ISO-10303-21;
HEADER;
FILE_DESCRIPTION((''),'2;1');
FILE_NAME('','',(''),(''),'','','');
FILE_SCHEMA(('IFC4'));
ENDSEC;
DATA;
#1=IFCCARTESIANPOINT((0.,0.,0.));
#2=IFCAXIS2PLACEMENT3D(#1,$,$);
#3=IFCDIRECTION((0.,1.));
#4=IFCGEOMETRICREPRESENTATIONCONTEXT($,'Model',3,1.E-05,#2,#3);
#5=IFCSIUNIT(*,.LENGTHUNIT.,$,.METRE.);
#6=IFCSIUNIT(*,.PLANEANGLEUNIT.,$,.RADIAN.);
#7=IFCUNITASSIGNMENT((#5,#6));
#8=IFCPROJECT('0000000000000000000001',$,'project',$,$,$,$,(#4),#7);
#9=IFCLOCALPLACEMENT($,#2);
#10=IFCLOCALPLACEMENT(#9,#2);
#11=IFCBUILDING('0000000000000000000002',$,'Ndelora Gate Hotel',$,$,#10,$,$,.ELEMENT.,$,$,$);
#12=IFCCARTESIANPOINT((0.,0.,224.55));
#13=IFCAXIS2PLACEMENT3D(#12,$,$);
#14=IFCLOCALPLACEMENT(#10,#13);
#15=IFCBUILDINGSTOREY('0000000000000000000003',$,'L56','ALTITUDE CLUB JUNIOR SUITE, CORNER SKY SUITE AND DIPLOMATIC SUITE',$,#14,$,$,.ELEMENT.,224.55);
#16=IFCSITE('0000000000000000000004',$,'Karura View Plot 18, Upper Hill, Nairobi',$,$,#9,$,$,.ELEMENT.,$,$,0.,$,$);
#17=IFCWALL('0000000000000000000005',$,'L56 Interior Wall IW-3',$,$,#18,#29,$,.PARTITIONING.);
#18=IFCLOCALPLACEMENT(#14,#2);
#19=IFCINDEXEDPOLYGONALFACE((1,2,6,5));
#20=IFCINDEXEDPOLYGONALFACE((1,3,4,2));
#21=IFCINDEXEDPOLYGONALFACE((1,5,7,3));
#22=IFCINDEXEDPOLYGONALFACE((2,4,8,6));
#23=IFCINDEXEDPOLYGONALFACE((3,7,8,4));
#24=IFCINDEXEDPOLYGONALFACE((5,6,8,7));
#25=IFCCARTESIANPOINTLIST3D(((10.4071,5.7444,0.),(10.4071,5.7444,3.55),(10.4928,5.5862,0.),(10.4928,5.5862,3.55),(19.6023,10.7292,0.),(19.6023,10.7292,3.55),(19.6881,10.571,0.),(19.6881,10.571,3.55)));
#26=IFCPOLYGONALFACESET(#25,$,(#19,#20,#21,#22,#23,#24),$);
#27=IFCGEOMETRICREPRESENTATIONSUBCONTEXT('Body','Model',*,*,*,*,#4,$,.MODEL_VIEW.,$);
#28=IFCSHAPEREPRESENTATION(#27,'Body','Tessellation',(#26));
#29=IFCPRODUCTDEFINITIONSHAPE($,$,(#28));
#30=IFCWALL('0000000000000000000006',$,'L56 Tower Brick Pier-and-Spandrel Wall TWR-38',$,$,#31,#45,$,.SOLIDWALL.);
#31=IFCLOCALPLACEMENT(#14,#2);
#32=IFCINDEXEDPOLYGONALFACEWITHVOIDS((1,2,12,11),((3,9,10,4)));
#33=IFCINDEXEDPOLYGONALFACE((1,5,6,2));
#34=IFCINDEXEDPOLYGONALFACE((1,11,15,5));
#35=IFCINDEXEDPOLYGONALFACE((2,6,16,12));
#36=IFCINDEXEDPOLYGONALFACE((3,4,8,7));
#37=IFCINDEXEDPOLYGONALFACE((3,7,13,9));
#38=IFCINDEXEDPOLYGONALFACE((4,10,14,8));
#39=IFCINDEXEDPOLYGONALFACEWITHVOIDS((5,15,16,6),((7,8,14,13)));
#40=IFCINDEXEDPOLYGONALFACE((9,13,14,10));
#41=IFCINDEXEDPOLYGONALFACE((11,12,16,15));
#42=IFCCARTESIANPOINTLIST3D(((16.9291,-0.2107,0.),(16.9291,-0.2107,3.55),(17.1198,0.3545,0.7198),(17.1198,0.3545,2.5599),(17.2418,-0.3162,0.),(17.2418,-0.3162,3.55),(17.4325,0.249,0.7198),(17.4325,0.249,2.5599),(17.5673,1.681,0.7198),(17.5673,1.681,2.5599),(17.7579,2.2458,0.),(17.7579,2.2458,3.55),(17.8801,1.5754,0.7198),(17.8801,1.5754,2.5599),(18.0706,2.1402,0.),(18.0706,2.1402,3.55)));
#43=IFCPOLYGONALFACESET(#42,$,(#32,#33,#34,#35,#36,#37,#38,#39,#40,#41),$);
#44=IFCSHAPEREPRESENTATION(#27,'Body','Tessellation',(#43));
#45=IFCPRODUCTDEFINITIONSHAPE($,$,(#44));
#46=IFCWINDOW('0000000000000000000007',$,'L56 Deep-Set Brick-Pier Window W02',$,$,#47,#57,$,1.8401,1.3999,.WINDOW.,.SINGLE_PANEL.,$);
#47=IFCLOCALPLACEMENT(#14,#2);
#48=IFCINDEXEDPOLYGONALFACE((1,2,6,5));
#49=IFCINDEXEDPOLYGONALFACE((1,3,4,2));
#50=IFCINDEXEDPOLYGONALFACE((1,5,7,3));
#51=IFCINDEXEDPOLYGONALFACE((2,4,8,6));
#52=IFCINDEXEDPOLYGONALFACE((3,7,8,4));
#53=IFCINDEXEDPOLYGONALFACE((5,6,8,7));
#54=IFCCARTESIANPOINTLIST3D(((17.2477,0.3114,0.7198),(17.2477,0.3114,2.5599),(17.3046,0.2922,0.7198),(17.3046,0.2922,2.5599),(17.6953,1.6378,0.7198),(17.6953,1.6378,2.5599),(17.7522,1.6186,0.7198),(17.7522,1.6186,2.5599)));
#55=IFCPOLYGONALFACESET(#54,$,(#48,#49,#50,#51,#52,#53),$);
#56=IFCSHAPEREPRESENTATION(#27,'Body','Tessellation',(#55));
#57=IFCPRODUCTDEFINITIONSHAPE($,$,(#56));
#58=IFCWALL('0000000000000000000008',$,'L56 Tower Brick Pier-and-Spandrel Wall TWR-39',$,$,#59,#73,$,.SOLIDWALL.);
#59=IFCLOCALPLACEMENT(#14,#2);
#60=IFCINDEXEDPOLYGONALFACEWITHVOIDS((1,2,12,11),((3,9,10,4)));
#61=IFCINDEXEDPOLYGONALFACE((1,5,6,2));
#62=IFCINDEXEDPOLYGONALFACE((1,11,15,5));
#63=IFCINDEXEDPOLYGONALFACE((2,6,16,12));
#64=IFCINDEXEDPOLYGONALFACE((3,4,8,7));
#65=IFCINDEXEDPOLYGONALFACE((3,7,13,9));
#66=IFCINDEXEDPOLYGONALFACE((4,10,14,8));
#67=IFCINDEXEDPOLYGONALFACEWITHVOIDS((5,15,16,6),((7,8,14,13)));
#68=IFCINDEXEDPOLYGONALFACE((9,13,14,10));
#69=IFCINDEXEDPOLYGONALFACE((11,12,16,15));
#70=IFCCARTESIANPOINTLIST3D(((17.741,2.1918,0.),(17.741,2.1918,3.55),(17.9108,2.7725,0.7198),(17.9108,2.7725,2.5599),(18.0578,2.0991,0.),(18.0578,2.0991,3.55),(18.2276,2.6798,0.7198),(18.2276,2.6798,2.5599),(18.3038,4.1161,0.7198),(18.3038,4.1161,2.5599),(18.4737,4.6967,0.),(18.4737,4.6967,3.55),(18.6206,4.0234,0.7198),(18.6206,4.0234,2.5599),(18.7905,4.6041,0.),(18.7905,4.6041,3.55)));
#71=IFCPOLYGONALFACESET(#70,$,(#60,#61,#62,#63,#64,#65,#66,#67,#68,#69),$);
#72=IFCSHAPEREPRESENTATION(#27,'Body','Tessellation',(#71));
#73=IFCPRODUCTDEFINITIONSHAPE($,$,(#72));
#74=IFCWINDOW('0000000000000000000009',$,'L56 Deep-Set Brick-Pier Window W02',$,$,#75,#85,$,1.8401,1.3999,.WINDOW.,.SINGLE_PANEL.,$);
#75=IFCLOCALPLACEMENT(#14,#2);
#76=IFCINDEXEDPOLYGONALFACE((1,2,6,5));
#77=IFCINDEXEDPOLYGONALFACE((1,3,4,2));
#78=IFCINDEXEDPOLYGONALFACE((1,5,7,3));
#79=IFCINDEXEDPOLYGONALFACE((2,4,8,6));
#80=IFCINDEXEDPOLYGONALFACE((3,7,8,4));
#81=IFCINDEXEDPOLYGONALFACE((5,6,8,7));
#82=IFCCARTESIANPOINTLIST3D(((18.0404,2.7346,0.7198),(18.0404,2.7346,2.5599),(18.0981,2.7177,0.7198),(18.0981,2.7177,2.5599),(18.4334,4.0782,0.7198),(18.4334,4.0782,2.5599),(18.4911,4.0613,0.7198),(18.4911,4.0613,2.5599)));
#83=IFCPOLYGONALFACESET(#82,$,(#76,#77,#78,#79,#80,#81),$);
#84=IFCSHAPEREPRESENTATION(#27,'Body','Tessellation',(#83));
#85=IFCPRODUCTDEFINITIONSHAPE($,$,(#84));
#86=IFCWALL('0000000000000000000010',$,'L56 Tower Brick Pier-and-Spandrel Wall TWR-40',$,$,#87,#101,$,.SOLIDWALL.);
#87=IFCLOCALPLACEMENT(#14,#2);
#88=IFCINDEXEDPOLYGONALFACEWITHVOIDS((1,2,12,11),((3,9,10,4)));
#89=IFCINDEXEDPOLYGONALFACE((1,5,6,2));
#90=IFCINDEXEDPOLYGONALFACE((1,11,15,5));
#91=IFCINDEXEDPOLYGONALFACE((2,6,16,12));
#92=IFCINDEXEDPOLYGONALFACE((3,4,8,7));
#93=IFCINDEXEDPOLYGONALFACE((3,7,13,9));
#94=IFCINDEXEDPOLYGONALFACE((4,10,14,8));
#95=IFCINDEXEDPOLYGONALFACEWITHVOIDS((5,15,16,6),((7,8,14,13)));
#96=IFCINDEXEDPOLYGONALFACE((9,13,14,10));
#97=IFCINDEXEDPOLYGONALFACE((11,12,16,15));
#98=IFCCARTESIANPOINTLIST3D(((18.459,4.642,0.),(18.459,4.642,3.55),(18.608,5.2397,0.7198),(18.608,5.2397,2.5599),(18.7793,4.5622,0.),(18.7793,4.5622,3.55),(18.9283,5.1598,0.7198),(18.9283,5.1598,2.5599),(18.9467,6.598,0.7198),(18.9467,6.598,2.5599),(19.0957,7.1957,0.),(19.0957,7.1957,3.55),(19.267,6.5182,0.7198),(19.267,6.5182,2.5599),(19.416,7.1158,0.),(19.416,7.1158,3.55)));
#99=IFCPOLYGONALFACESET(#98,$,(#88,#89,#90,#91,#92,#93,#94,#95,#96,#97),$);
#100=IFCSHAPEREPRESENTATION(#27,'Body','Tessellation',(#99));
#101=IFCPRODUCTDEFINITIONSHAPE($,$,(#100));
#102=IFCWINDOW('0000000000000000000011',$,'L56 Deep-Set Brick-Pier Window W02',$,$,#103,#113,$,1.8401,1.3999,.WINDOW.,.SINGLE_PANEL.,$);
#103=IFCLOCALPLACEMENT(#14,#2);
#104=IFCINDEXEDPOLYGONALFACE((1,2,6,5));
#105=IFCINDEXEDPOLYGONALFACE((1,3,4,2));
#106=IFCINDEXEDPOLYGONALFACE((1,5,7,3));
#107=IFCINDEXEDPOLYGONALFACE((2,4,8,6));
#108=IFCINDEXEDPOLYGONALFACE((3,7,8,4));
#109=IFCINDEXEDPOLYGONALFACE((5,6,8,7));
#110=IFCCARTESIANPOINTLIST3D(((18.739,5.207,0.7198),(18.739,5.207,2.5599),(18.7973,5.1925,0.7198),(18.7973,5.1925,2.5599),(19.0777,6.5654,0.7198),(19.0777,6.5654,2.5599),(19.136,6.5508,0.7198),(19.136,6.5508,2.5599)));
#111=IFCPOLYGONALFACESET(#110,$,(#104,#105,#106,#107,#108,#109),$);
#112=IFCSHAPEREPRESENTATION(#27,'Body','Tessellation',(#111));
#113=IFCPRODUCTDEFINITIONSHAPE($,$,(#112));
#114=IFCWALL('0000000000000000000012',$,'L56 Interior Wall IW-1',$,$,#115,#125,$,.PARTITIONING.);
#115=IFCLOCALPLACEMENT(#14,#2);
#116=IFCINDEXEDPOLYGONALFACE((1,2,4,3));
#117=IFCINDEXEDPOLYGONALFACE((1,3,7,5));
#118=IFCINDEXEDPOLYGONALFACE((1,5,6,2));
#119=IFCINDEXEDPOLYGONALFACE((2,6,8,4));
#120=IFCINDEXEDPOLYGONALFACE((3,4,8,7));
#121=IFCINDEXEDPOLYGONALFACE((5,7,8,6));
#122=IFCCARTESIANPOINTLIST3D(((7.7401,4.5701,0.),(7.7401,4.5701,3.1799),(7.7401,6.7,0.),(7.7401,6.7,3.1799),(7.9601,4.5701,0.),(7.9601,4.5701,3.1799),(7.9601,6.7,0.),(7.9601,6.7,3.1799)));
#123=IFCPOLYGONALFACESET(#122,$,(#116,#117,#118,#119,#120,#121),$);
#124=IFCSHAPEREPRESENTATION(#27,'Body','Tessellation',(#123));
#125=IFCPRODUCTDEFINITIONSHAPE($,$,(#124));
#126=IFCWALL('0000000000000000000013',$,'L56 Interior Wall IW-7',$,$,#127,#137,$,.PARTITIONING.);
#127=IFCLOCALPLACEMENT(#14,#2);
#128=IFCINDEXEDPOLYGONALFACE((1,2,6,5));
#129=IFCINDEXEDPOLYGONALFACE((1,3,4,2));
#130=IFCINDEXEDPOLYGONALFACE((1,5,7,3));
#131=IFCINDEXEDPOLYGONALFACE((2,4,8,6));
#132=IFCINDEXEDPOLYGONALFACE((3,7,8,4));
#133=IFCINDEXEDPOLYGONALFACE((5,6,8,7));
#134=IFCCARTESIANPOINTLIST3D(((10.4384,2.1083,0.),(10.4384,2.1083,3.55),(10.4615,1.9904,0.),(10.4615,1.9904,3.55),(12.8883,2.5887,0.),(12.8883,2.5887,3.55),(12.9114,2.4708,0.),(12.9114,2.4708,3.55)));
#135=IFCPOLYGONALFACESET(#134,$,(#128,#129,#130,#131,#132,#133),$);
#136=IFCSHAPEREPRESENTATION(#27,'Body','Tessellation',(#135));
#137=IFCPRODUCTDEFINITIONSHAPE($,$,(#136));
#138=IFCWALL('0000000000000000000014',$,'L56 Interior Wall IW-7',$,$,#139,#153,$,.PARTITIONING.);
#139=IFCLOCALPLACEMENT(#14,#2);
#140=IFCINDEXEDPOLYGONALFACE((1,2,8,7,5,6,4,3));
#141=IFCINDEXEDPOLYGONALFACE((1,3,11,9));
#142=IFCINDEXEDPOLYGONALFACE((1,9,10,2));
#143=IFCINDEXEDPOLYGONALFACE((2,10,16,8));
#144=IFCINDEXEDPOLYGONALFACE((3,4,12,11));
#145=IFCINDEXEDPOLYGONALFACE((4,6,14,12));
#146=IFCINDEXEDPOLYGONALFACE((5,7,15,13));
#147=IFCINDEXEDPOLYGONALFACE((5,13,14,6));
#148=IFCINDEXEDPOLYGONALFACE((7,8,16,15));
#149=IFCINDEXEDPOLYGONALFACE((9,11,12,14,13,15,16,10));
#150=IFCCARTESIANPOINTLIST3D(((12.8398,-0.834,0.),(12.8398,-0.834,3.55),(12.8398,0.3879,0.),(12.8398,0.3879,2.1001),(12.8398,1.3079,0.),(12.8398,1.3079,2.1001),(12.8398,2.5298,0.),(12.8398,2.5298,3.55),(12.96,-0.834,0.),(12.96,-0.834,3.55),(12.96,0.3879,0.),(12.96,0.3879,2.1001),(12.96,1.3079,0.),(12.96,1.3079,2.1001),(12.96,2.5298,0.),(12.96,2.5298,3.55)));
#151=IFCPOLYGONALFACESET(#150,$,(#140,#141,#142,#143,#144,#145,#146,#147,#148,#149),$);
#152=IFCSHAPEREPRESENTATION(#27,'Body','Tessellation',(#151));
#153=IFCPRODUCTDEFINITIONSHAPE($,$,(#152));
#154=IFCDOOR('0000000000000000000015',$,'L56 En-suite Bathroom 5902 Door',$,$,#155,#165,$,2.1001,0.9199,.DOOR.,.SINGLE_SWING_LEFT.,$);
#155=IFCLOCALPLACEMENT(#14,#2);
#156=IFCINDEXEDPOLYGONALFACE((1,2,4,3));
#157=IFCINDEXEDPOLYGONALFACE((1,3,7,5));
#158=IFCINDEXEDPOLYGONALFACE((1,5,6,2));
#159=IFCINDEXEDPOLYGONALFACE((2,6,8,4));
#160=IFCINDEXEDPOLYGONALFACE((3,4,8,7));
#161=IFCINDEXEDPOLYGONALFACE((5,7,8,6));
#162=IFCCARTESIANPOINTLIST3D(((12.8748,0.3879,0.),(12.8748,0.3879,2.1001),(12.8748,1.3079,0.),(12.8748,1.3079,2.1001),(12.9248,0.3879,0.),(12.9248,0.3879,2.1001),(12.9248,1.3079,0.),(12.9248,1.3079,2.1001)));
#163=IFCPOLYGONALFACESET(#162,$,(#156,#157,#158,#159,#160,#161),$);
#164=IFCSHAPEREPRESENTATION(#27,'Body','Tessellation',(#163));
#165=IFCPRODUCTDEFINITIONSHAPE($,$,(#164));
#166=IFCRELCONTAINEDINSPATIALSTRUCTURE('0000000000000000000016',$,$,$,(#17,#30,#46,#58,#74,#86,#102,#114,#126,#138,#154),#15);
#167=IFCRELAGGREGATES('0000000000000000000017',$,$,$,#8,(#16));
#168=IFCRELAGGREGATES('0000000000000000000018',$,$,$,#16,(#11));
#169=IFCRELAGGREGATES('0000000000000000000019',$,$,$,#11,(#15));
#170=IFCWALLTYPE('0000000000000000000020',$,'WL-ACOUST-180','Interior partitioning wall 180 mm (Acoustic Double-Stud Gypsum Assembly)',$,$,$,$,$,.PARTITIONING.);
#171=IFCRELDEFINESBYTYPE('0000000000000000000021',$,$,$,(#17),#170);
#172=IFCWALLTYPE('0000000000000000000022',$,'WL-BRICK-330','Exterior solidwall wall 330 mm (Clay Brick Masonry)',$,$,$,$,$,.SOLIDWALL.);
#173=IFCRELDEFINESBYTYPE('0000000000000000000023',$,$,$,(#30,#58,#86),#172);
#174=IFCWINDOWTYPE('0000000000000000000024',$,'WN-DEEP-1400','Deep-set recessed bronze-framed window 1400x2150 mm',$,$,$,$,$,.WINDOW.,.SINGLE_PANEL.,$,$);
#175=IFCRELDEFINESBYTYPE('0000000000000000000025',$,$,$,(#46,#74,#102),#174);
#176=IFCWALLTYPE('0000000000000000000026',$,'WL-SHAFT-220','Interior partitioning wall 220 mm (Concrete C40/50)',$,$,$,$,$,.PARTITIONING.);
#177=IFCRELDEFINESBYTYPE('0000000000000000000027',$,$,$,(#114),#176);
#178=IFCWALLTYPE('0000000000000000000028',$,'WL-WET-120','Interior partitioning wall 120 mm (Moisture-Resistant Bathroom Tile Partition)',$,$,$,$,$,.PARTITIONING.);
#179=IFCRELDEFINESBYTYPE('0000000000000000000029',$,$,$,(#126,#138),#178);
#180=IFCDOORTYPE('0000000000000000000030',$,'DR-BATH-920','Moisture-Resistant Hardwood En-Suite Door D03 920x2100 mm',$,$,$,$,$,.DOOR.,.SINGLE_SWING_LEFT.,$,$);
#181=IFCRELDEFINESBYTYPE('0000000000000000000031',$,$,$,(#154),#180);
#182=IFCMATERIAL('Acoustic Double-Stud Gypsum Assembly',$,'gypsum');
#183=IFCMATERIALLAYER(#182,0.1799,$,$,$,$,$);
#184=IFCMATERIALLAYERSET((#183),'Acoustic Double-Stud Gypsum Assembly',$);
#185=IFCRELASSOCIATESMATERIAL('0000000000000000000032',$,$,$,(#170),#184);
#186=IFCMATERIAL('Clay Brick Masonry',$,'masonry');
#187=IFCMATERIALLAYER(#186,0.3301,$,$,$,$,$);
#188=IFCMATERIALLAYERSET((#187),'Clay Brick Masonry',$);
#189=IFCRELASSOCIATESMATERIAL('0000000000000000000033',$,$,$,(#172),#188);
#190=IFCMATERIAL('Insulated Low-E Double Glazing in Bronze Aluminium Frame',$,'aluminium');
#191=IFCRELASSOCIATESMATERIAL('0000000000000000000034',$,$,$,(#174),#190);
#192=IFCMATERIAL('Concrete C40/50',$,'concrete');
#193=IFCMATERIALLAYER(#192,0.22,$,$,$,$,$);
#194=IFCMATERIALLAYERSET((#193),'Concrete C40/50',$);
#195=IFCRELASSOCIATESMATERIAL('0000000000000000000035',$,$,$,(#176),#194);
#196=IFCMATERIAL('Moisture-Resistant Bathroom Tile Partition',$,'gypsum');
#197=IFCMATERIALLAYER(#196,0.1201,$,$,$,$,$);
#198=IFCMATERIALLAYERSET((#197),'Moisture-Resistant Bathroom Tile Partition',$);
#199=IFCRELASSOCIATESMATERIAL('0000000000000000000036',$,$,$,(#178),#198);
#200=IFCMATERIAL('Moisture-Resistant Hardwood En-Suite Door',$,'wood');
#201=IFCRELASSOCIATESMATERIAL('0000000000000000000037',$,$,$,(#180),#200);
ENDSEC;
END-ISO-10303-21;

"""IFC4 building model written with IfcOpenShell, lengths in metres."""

from ifc_helpers import new_model, si_unit, direction, frame, frame_2d, origin, place, context, subcontext, project, spatial, rectangle, extrude, material, layer, layer_set, type_object, element, fill, save


model = new_model("IFC4")

# Units and contexts
model_context = context("Model", 3, precision=1e-05, world=origin(), true_north=direction((0.0, 1.0)))
body_context = subcontext(model_context, "Body", "Model", "MODEL_VIEW")
ifc_project = project(units=[si_unit("LENGTHUNIT", "METRE"), si_unit("PLANEANGLEUNIT", "RADIAN")], contexts=[model_context])

# Site, building, storey
site_placement = place(None, origin())
site = spatial("IfcSite", under=ifc_project, at=site_placement, Name="Karura View Plot 18, Upper Hill, Nairobi", CompositionType="ELEMENT", RefElevation=0.0)
building_placement = place(site_placement, origin())
building = spatial("IfcBuilding", under=site, at=building_placement, Name="Ndelora Gate Hotel", CompositionType="ELEMENT")
storey_placement = place(building_placement, frame((0.0, 0.0, 224.55)))
storey = spatial("IfcBuildingStorey", under=building, at=storey_placement, Name="L56", Description="ALTITUDE CLUB JUNIOR SUITE, CORNER SKY SUITE AND DIPLOMATIC SUITE", CompositionType="ELEMENT", Elevation=224.55)

# Wall
ifc_material_1 = material(Name="Acoustic Double-Stud Gypsum Assembly", Category="gypsum")
ifc_layer_1 = layer(ifc_material_1, 0.1799)
ifc_layer_set_1 = layer_set([ifc_layer_1], Name="Acoustic Double-Stud Gypsum Assembly")
wall_type_1 = type_object("IfcWallType", Name="WL-ACOUST-180", Description="Interior partitioning wall 180 mm (Acoustic Double-Stud Gypsum Assembly)", PredefinedType="PARTITIONING", material=ifc_layer_set_1)
wall_1_placement = place(storey_placement, frame((10.45, 5.6653, 0.0), z_axis=(0.0, 0.0, 1.0), x_axis=(0.879129, 0.476584, 0.0)))
element("IfcWall", 1, at=wall_1_placement, inside=storey, type_object=wall_type_1, Name="L56 Interior Wall IW-3", PredefinedType="PARTITIONING", context=body_context, shape_type="SweptSolid", body=[
    extrude(rectangle(XDim=10.4595, YDim=0.1799, at=frame_2d((5.2297, 0.0))), origin(), (0.0, 0.0, 1.0), 3.55),
])

# Walls, openings, windows
ifc_material_2 = material(Name="Clay Brick Masonry", Category="masonry")
ifc_layer_2 = layer(ifc_material_2, 0.3301)
ifc_layer_set_2 = layer_set([ifc_layer_2], Name="Clay Brick Masonry")
wall_type_2 = type_object("IfcWallType", Name="WL-BRICK-330", Description="Exterior solidwall wall 330 mm (Clay Brick Masonry)", PredefinedType="SOLIDWALL", material=ifc_layer_set_2)
wall_2_placement = place(storey_placement, frame((17.9143, 2.1931, 0.0), z_axis=(0.0, 0.0, 1.0), x_axis=(-0.3197, -0.947519, 0.0)))
wall_2 = element("IfcWall", 2, at=wall_2_placement, inside=storey, type_object=wall_type_2, Name="L56 Tower Brick Pier-and-Spandrel Wall TWR-38", PredefinedType="SOLIDWALL", context=body_context, shape_type="SweptSolid", body=[
    extrude(rectangle(XDim=2.5925, YDim=0.3301, at=frame_2d((1.2964, 0.0))), origin(), (0.0, 0.0, 1.0), 3.55),
])
opening_1_placement = place(wall_2_placement, frame((0.5962, 0.0, 0.72)))
opening_1 = element("IfcOpeningElement", 3, at=opening_1_placement, cuts=wall_2, PredefinedType="OPENING", context=body_context, shape_type="SweptSolid", body=[
    extrude(rectangle(XDim=1.3999, YDim=1.8401, at=frame_2d((0.7, 0.9199))), frame((0.0, 0.175, 0.0), z_axis=(0.0, -1.0, 0.0), x_axis=(1.0, 0.0, 0.0)), (0.0, 0.0, 1.0), 0.3501),
])
ifc_material_3 = material(Name="Insulated Low-E Double Glazing in Bronze Aluminium Frame", Category="aluminium")
window_type = type_object("IfcWindowType", Name="WN-DEEP-1400", Description="Deep-set recessed bronze-framed window 1400x2150 mm", PartitioningType="SINGLE_PANEL", PredefinedType="WINDOW", material=ifc_material_3)
window_1_placement = place(opening_1_placement, origin())
window_1 = element("IfcWindow", 4, at=window_1_placement, inside=storey, type_object=window_type, Name="L56 Deep-Set Brick-Pier Window W02", OverallHeight=1.8401, OverallWidth=1.3999, PartitioningType="SINGLE_PANEL", PredefinedType="WINDOW", context=body_context, shape_type="SweptSolid", body=[
    extrude(rectangle(XDim=1.3999, YDim=1.8401, at=frame_2d((0.7, 0.9199))), frame((0.0, 0.03, 0.0), z_axis=(0.0, -1.0, 0.0), x_axis=(1.0, 0.0, 0.0)), (0.0, 0.0, 1.0), 0.0601),
])
fill(opening_1, window_1)
wall_3_placement = place(storey_placement, frame((18.6321, 4.6504, 0.0), z_axis=(0.0, 0.0, 1.0), x_axis=(-0.280733, -0.959786, 0.0)))
wall_3 = element("IfcWall", 5, at=wall_3_placement, inside=storey, type_object=wall_type_2, Name="L56 Tower Brick Pier-and-Spandrel Wall TWR-39", PredefinedType="SOLIDWALL", context=body_context, shape_type="SweptSolid", body=[
    extrude(rectangle(XDim=2.6099, YDim=0.3301, at=frame_2d((1.3049, 0.0))), origin(), (0.0, 0.0, 1.0), 3.55),
])
opening_2_placement = place(wall_3_placement, frame((0.605, 0.0, 0.72)))
opening_2 = element("IfcOpeningElement", 6, at=opening_2_placement, cuts=wall_3, PredefinedType="OPENING", context=body_context, shape_type="SweptSolid", body=[
    extrude(rectangle(XDim=1.3999, YDim=1.8401, at=frame_2d((0.7, 0.9199))), frame((0.0, 0.175, 0.0), z_axis=(0.0, -1.0, 0.0), x_axis=(1.0, 0.0, 0.0)), (0.0, 0.0, 1.0), 0.3501),
])
window_2_placement = place(opening_2_placement, origin())
window_2 = element("IfcWindow", 7, at=window_2_placement, inside=storey, type_object=window_type, Name="L56 Deep-Set Brick-Pier Window W02", OverallHeight=1.8401, OverallWidth=1.3999, PartitioningType="SINGLE_PANEL", PredefinedType="WINDOW", context=body_context, shape_type="SweptSolid", body=[
    extrude(rectangle(XDim=1.3999, YDim=1.8401, at=frame_2d((0.7, 0.9199))), frame((0.0, 0.03, 0.0), z_axis=(0.0, -1.0, 0.0), x_axis=(1.0, 0.0, 0.0)), (0.0, 0.0, 1.0), 0.0601),
])
fill(opening_2, window_2)
wall_4_placement = place(storey_placement, frame((19.2559, 7.1558, 0.0), z_axis=(0.0, 0.0, 1.0), x_axis=(-0.241924, -0.970295, 0.0)))
wall_4 = element("IfcWall", 8, at=wall_4_placement, inside=storey, type_object=wall_type_2, Name="L56 Tower Brick Pier-and-Spandrel Wall TWR-40", PredefinedType="SOLIDWALL", context=body_context, shape_type="SweptSolid", body=[
    extrude(rectangle(XDim=2.6318, YDim=0.3301, at=frame_2d((1.3159, 0.0))), origin(), (0.0, 0.0, 1.0), 3.55),
])
opening_3_placement = place(wall_4_placement, frame((0.616, 0.0, 0.72)))
opening_3 = element("IfcOpeningElement", 9, at=opening_3_placement, cuts=wall_4, PredefinedType="OPENING", context=body_context, shape_type="SweptSolid", body=[
    extrude(rectangle(XDim=1.3999, YDim=1.8401, at=frame_2d((0.7, 0.9199))), frame((0.0, 0.175, 0.0), z_axis=(0.0, -1.0, 0.0), x_axis=(1.0, 0.0, 0.0)), (0.0, 0.0, 1.0), 0.3501),
])
window_3_placement = place(opening_3_placement, origin())
window_3 = element("IfcWindow", 10, at=window_3_placement, inside=storey, type_object=window_type, Name="L56 Deep-Set Brick-Pier Window W02", OverallHeight=1.8401, OverallWidth=1.3999, PartitioningType="SINGLE_PANEL", PredefinedType="WINDOW", context=body_context, shape_type="SweptSolid", body=[
    extrude(rectangle(XDim=1.3999, YDim=1.8401, at=frame_2d((0.7, 0.9199))), frame((0.0, 0.03, 0.0), z_axis=(0.0, -1.0, 0.0), x_axis=(1.0, 0.0, 0.0)), (0.0, 0.0, 1.0), 0.0601),
])
fill(opening_3, window_3)

# Shared definitions
ifc_material_4 = material(Name="Concrete C40/50", Category="concrete")

# Walls
ifc_layer_3 = layer(ifc_material_4, 0.22)
ifc_layer_set_3 = layer_set([ifc_layer_3], Name="Concrete C40/50")
wall_type_3 = type_object("IfcWallType", Name="WL-SHAFT-220", Description="Interior partitioning wall 220 mm (Concrete C40/50)", PredefinedType="PARTITIONING", material=ifc_layer_set_3)
wall_5_placement = place(storey_placement, frame((7.8501, 4.5701, 0.0), z_axis=(0.0, 0.0, 1.0), x_axis=(0.0, 1.0, 0.0)))
element("IfcWall", 11, at=wall_5_placement, inside=storey, type_object=wall_type_3, Name="L56 Interior Wall IW-1", PredefinedType="PARTITIONING", context=body_context, shape_type="SweptSolid", body=[
    extrude(rectangle(XDim=2.1299, YDim=0.22, at=frame_2d((1.0649, 0.0))), origin(), (0.0, 0.0, 1.0), 3.1799),
])
ifc_material_5 = material(Name="Moisture-Resistant Bathroom Tile Partition", Category="gypsum")
ifc_layer_4 = layer(ifc_material_5, 0.1201)
ifc_layer_set_4 = layer_set([ifc_layer_4], Name="Moisture-Resistant Bathroom Tile Partition")
wall_type_4 = type_object("IfcWallType", Name="WL-WET-120", Description="Interior partitioning wall 120 mm (Moisture-Resistant Bathroom Tile Partition)", PredefinedType="PARTITIONING", material=ifc_layer_set_4)
wall_6_placement = place(storey_placement, frame((10.45, 2.0493, 0.0), z_axis=(0.0, 0.0, 1.0), x_axis=(0.981307, 0.192448, 0.0)))
element("IfcWall", 12, at=wall_6_placement, inside=storey, type_object=wall_type_4, Name="L56 Interior Wall IW-7", PredefinedType="PARTITIONING", context=body_context, shape_type="SweptSolid", body=[
    extrude(rectangle(XDim=2.4966, YDim=0.1201, at=frame_2d((1.2483, 0.0))), origin(), (0.0, 0.0, 1.0), 3.55),
])

# Wall, opening, door
wall_7_placement = place(storey_placement, frame((12.8999, 2.5298, 0.0), z_axis=(0.0, 0.0, 1.0), x_axis=(0.0, -1.0, 0.0)))
wall_7 = element("IfcWall", 13, at=wall_7_placement, inside=storey, type_object=wall_type_4, Name="L56 Interior Wall IW-7", PredefinedType="PARTITIONING", context=body_context, shape_type="SweptSolid", body=[
    extrude(rectangle(XDim=3.3638, YDim=0.1201, at=frame_2d((1.6819, 0.0))), origin(), (0.0, 0.0, 1.0), 3.55),
])
opening_4_placement = place(wall_7_placement, frame((1.2219, 0.0, 0.0)))
opening_4 = element("IfcOpeningElement", 14, at=opening_4_placement, cuts=wall_7, PredefinedType="OPENING", context=body_context, shape_type="SweptSolid", body=[
    extrude(rectangle(XDim=0.9199, YDim=2.1001, at=frame_2d((0.46, 1.05))), frame((0.0, 0.0701, 0.0), z_axis=(0.0, -1.0, 0.0), x_axis=(1.0, 0.0, 0.0)), (0.0, 0.0, 1.0), 0.1401),
])
ifc_material_6 = material(Name="Moisture-Resistant Hardwood En-Suite Door", Category="wood")
door_type_1 = type_object("IfcDoorType", Name="DR-BATH-920", Description="Moisture-Resistant Hardwood En-Suite Door D03 920x2100 mm", OperationType="SINGLE_SWING_LEFT", PredefinedType="DOOR", material=ifc_material_6)
door_1_placement = place(opening_4_placement, origin())
door_1 = element("IfcDoor", 15, at=door_1_placement, inside=storey, type_object=door_type_1, Name="L56 En-suite Bathroom 5902 Door", OperationType="SINGLE_SWING_LEFT", OverallHeight=2.1001, OverallWidth=0.9199, PredefinedType="DOOR", context=body_context, shape_type="SweptSolid", body=[
    extrude(rectangle(XDim=0.9199, YDim=2.1001, at=frame_2d((0.46, 1.05))), frame((0.0, 0.0249, 0.0), z_axis=(0.0, -1.0, 0.0), x_axis=(1.0, 0.0, 0.0)), (0.0, 0.0, 1.0), 0.05),
])
fill(opening_4, door_1)

save(model, "model.ifc")
